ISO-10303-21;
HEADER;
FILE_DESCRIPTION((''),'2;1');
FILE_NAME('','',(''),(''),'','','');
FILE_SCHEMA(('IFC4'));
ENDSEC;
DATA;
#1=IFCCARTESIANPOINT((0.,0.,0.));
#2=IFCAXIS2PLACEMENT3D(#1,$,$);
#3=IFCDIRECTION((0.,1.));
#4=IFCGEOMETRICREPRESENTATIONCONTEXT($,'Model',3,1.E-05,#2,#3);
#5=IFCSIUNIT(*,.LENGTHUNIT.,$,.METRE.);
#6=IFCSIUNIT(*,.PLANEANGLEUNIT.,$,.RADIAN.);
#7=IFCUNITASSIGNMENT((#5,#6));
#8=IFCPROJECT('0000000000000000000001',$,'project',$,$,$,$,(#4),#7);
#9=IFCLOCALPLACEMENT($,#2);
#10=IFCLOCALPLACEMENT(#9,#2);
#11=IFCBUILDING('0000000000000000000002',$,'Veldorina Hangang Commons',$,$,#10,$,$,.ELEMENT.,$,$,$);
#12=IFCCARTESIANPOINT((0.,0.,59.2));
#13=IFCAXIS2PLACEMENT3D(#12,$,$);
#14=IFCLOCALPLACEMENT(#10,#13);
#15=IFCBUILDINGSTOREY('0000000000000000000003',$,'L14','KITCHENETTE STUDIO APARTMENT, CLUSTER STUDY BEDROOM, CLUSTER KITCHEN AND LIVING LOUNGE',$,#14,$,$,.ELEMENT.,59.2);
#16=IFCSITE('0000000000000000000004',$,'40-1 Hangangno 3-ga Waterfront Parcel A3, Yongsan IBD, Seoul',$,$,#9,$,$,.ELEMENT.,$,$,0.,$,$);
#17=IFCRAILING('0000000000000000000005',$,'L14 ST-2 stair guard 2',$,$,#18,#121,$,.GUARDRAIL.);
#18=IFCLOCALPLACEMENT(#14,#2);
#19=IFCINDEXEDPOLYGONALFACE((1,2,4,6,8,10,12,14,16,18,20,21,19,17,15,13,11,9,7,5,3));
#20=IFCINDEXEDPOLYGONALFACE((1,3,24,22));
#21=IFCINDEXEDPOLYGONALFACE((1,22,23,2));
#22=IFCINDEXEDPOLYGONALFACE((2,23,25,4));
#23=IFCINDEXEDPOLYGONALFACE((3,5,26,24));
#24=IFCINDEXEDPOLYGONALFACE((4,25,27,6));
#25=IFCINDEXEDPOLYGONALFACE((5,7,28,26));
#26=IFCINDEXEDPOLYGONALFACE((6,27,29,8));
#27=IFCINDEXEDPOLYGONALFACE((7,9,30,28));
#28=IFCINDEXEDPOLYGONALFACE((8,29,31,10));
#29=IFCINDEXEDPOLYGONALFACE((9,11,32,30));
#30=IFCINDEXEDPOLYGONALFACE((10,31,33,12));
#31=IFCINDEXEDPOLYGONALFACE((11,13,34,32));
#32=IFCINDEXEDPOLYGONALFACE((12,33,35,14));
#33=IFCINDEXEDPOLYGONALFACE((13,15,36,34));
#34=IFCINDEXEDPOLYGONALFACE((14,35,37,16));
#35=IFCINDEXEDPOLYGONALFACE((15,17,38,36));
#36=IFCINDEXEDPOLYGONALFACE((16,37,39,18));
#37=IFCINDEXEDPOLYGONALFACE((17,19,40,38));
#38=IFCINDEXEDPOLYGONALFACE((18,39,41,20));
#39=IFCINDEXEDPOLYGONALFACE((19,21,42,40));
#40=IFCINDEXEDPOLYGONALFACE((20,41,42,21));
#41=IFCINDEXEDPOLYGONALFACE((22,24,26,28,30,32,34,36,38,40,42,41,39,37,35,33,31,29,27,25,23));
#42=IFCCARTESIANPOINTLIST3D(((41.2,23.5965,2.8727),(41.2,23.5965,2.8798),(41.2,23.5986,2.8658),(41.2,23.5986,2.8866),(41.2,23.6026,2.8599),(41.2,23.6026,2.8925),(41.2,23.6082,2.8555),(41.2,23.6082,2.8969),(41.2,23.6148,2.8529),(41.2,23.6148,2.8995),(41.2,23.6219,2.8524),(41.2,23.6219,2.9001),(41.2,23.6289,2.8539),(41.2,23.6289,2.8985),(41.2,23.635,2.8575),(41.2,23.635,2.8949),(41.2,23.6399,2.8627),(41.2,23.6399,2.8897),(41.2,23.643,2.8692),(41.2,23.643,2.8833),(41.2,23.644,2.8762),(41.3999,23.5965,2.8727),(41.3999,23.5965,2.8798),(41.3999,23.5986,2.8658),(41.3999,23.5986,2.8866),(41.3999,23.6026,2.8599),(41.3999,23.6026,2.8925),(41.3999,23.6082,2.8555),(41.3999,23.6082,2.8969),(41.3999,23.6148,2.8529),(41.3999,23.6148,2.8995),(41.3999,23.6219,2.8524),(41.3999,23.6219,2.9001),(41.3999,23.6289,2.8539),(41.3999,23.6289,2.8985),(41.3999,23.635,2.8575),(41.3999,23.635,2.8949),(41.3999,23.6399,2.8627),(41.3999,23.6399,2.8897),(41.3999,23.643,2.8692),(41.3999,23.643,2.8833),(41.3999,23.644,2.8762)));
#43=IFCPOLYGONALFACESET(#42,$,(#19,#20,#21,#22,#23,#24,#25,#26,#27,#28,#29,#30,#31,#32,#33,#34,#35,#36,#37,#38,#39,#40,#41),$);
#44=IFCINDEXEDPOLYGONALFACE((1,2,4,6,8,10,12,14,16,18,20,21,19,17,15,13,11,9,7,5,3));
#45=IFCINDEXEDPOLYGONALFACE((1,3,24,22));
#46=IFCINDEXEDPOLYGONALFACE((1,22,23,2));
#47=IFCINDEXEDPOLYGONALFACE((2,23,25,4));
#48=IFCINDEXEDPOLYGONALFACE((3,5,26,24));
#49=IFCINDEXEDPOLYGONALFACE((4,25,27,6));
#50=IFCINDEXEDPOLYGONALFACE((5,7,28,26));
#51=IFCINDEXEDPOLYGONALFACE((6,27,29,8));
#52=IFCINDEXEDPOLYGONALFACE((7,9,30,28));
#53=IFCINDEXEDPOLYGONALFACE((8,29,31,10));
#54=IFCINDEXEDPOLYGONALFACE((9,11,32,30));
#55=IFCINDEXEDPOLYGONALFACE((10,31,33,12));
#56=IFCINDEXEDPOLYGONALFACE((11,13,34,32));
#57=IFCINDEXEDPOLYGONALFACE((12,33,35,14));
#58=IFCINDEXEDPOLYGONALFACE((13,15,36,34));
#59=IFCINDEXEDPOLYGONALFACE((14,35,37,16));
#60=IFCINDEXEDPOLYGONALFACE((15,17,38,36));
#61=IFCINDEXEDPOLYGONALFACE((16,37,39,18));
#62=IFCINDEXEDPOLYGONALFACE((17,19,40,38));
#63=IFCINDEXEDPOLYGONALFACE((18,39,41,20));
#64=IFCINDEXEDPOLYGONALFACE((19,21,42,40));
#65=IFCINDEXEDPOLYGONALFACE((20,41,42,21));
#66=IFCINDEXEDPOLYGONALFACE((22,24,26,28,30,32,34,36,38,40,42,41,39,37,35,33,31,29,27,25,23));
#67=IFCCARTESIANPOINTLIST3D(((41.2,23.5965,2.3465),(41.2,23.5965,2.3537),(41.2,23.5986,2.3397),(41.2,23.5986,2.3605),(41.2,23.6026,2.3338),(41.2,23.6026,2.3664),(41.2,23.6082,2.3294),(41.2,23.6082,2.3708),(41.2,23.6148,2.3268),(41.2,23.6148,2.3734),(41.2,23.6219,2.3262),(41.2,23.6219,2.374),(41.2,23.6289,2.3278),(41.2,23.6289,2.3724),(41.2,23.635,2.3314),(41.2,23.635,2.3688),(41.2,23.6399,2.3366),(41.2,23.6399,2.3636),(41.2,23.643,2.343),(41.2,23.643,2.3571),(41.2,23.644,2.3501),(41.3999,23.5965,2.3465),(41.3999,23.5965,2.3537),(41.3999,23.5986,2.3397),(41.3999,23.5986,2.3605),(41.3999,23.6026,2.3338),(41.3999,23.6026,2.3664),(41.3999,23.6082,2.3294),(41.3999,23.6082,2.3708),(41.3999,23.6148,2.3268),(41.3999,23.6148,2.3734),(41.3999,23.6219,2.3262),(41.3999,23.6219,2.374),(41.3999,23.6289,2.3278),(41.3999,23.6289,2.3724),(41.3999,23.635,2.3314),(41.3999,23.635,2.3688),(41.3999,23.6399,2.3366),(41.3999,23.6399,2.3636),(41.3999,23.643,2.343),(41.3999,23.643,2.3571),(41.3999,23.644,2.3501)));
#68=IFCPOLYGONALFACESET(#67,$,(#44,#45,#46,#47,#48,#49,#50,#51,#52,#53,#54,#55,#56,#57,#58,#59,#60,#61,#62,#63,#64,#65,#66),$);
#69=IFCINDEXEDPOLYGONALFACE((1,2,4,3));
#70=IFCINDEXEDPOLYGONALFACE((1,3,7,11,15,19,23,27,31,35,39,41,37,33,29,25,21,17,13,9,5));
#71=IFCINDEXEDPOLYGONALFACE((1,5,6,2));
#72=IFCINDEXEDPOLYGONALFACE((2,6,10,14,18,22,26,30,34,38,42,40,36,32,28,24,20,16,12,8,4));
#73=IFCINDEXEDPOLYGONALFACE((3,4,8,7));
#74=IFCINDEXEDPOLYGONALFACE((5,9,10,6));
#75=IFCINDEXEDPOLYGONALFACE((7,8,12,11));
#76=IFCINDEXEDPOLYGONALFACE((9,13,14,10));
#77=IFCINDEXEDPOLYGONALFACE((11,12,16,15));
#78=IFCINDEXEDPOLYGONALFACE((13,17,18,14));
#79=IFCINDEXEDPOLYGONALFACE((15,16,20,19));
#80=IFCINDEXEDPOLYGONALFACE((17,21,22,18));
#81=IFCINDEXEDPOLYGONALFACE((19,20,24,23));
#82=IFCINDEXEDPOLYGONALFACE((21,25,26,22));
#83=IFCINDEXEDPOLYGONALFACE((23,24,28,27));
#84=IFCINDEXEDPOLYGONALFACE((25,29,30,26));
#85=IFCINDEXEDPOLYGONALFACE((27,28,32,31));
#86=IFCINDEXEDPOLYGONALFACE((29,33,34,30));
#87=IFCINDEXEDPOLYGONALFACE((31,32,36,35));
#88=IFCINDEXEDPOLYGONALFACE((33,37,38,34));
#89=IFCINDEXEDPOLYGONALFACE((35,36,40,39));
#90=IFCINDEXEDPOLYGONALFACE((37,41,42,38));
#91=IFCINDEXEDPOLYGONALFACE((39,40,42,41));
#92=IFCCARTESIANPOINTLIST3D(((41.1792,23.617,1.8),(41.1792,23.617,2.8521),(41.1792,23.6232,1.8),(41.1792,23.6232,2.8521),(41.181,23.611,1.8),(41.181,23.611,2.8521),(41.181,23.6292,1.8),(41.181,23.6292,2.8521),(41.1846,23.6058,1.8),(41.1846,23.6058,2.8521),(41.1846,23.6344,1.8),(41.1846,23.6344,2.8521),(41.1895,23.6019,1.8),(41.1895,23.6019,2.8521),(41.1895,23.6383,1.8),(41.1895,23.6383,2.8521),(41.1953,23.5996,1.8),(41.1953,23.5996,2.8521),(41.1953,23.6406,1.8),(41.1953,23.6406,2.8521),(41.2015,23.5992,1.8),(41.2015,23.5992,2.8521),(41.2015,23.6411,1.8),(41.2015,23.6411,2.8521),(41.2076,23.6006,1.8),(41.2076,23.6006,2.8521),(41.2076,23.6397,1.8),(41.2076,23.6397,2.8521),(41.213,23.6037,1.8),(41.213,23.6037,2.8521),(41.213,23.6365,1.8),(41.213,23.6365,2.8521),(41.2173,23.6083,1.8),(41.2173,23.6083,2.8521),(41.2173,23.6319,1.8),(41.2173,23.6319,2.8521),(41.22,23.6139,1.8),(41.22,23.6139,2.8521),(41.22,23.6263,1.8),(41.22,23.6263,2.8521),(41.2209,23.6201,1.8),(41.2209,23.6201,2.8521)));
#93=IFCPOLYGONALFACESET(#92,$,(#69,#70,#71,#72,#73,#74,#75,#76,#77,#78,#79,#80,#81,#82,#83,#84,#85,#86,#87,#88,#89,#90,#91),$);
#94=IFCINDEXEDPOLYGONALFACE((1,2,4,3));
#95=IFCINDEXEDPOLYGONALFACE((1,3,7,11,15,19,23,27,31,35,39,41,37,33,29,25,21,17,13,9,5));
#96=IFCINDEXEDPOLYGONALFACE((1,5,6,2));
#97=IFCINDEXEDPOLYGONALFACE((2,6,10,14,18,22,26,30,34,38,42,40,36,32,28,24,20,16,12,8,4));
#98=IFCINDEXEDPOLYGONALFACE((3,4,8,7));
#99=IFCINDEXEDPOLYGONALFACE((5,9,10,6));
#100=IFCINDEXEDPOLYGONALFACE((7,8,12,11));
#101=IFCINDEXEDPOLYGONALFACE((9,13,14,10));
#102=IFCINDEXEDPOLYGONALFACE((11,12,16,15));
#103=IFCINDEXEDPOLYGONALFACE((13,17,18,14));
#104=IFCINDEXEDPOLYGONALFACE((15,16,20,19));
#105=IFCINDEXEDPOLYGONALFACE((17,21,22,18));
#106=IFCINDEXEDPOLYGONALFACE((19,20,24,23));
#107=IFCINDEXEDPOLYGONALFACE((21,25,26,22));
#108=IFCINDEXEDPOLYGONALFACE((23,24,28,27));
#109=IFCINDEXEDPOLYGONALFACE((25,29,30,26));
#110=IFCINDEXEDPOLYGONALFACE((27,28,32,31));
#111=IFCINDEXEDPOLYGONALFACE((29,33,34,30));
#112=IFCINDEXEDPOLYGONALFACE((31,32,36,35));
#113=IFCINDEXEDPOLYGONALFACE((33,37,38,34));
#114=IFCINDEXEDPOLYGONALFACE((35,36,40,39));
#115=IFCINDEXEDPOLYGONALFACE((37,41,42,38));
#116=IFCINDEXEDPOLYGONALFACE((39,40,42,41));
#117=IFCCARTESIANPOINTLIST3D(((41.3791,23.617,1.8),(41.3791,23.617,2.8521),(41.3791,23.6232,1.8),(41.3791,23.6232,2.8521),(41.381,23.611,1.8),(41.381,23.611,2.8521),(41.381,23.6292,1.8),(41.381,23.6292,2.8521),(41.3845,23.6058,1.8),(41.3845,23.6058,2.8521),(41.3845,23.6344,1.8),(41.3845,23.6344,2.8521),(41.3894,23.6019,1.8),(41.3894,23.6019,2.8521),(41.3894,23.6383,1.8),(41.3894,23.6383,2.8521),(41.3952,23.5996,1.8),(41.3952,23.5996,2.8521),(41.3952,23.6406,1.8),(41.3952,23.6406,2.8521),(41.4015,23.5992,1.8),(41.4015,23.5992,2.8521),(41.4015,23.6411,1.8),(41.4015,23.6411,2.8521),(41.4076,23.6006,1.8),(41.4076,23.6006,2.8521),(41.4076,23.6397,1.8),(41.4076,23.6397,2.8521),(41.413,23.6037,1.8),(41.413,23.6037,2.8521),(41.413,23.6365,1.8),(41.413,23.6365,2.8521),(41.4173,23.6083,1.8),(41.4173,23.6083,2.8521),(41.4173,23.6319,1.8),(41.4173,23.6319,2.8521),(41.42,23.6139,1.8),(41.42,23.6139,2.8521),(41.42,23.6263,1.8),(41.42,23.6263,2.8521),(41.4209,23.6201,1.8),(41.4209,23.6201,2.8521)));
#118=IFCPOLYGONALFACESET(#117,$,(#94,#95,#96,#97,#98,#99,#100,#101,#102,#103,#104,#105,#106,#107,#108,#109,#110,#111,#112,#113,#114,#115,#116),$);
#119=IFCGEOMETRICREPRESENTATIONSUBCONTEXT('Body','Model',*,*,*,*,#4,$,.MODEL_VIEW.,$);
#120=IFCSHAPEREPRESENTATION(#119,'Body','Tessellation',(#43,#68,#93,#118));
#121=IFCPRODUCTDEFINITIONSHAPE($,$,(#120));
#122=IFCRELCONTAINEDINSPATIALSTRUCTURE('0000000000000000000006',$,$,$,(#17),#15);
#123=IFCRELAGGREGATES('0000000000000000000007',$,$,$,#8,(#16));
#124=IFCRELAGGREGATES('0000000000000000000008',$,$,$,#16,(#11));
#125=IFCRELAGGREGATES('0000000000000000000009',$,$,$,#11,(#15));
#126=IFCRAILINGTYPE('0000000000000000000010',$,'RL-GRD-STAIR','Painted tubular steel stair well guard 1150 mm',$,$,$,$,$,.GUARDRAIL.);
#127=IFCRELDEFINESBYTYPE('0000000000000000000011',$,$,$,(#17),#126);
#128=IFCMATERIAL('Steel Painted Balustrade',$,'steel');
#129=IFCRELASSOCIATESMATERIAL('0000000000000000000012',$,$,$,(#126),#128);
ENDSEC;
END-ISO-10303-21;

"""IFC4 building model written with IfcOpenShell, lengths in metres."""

from ifc_helpers import new_model, si_unit, direction, frame, origin, origin_2d, place, context, subcontext, project, spatial, circle, extrude, material, type_object, element, save


model = new_model("IFC4")

# Units and contexts
model_context = context("Model", 3, precision=1e-05, world=origin(), true_north=direction((0.0, 1.0)))
body_context = subcontext(model_context, "Body", "Model", "MODEL_VIEW")
ifc_project = project(units=[si_unit("LENGTHUNIT", "METRE"), si_unit("PLANEANGLEUNIT", "RADIAN")], contexts=[model_context])

# Site, building, storey
site_placement = place(None, origin())
site = spatial("IfcSite", under=ifc_project, at=site_placement, Name="40-1 Hangangno 3-ga Waterfront Parcel A3, Yongsan IBD, Seoul", CompositionType="ELEMENT", RefElevation=0.0)
building_placement = place(site_placement, origin())
building = spatial("IfcBuilding", under=site, at=building_placement, Name="Veldorina Hangang Commons", CompositionType="ELEMENT")
storey_placement = place(building_placement, frame((0.0, 0.0, 59.2)))
storey = spatial("IfcBuildingStorey", under=building, at=storey_placement, Name="L14", Description="KITCHENETTE STUDIO APARTMENT, CLUSTER STUDY BEDROOM, CLUSTER KITCHEN AND LIVING LOUNGE", CompositionType="ELEMENT", Elevation=59.2)

# Railing
ifc_material_1 = material(Name="Steel Painted Balustrade", Category="steel")
railing_type_1 = type_object("IfcRailingType", Name="RL-GRD-STAIR", Description="Painted tubular steel stair well guard 1150 mm", PredefinedType="GUARDRAIL", material=ifc_material_1)
railing_1_placement = place(storey_placement, frame((41.2, 23.6201, 1.8)))
element("IfcRailing", 1, at=railing_1_placement, inside=storey, type_object=railing_type_1, Name="L14 ST-2 stair guard 2", PredefinedType="GUARDRAIL", context=body_context, shape_type="SweptSolid", body=[
    extrude(circle(Radius=0.0239, at=origin_2d()), frame((0.0, 0.0, 1.0762), z_axis=(1.0, 0.0, 0.0), x_axis=(0.0, 1.0, 0.0)), (0.0, 0.0, 1.0), 0.2),
    extrude(circle(Radius=0.0239, at=origin_2d()), frame((0.0, 0.0, 0.55), z_axis=(1.0, 0.0, 0.0), x_axis=(0.0, 1.0, 0.0)), (0.0, 0.0, 1.0), 0.2),
    extrude(circle(Radius=0.021, at=origin_2d()), origin(), (0.0, 0.0, 1.0), 1.052),
    extrude(circle(Radius=0.021, at=origin_2d()), frame((0.2, 0.0, 0.0)), (0.0, 0.0, 1.0), 1.052),
])

save(model, "model.ifc")
